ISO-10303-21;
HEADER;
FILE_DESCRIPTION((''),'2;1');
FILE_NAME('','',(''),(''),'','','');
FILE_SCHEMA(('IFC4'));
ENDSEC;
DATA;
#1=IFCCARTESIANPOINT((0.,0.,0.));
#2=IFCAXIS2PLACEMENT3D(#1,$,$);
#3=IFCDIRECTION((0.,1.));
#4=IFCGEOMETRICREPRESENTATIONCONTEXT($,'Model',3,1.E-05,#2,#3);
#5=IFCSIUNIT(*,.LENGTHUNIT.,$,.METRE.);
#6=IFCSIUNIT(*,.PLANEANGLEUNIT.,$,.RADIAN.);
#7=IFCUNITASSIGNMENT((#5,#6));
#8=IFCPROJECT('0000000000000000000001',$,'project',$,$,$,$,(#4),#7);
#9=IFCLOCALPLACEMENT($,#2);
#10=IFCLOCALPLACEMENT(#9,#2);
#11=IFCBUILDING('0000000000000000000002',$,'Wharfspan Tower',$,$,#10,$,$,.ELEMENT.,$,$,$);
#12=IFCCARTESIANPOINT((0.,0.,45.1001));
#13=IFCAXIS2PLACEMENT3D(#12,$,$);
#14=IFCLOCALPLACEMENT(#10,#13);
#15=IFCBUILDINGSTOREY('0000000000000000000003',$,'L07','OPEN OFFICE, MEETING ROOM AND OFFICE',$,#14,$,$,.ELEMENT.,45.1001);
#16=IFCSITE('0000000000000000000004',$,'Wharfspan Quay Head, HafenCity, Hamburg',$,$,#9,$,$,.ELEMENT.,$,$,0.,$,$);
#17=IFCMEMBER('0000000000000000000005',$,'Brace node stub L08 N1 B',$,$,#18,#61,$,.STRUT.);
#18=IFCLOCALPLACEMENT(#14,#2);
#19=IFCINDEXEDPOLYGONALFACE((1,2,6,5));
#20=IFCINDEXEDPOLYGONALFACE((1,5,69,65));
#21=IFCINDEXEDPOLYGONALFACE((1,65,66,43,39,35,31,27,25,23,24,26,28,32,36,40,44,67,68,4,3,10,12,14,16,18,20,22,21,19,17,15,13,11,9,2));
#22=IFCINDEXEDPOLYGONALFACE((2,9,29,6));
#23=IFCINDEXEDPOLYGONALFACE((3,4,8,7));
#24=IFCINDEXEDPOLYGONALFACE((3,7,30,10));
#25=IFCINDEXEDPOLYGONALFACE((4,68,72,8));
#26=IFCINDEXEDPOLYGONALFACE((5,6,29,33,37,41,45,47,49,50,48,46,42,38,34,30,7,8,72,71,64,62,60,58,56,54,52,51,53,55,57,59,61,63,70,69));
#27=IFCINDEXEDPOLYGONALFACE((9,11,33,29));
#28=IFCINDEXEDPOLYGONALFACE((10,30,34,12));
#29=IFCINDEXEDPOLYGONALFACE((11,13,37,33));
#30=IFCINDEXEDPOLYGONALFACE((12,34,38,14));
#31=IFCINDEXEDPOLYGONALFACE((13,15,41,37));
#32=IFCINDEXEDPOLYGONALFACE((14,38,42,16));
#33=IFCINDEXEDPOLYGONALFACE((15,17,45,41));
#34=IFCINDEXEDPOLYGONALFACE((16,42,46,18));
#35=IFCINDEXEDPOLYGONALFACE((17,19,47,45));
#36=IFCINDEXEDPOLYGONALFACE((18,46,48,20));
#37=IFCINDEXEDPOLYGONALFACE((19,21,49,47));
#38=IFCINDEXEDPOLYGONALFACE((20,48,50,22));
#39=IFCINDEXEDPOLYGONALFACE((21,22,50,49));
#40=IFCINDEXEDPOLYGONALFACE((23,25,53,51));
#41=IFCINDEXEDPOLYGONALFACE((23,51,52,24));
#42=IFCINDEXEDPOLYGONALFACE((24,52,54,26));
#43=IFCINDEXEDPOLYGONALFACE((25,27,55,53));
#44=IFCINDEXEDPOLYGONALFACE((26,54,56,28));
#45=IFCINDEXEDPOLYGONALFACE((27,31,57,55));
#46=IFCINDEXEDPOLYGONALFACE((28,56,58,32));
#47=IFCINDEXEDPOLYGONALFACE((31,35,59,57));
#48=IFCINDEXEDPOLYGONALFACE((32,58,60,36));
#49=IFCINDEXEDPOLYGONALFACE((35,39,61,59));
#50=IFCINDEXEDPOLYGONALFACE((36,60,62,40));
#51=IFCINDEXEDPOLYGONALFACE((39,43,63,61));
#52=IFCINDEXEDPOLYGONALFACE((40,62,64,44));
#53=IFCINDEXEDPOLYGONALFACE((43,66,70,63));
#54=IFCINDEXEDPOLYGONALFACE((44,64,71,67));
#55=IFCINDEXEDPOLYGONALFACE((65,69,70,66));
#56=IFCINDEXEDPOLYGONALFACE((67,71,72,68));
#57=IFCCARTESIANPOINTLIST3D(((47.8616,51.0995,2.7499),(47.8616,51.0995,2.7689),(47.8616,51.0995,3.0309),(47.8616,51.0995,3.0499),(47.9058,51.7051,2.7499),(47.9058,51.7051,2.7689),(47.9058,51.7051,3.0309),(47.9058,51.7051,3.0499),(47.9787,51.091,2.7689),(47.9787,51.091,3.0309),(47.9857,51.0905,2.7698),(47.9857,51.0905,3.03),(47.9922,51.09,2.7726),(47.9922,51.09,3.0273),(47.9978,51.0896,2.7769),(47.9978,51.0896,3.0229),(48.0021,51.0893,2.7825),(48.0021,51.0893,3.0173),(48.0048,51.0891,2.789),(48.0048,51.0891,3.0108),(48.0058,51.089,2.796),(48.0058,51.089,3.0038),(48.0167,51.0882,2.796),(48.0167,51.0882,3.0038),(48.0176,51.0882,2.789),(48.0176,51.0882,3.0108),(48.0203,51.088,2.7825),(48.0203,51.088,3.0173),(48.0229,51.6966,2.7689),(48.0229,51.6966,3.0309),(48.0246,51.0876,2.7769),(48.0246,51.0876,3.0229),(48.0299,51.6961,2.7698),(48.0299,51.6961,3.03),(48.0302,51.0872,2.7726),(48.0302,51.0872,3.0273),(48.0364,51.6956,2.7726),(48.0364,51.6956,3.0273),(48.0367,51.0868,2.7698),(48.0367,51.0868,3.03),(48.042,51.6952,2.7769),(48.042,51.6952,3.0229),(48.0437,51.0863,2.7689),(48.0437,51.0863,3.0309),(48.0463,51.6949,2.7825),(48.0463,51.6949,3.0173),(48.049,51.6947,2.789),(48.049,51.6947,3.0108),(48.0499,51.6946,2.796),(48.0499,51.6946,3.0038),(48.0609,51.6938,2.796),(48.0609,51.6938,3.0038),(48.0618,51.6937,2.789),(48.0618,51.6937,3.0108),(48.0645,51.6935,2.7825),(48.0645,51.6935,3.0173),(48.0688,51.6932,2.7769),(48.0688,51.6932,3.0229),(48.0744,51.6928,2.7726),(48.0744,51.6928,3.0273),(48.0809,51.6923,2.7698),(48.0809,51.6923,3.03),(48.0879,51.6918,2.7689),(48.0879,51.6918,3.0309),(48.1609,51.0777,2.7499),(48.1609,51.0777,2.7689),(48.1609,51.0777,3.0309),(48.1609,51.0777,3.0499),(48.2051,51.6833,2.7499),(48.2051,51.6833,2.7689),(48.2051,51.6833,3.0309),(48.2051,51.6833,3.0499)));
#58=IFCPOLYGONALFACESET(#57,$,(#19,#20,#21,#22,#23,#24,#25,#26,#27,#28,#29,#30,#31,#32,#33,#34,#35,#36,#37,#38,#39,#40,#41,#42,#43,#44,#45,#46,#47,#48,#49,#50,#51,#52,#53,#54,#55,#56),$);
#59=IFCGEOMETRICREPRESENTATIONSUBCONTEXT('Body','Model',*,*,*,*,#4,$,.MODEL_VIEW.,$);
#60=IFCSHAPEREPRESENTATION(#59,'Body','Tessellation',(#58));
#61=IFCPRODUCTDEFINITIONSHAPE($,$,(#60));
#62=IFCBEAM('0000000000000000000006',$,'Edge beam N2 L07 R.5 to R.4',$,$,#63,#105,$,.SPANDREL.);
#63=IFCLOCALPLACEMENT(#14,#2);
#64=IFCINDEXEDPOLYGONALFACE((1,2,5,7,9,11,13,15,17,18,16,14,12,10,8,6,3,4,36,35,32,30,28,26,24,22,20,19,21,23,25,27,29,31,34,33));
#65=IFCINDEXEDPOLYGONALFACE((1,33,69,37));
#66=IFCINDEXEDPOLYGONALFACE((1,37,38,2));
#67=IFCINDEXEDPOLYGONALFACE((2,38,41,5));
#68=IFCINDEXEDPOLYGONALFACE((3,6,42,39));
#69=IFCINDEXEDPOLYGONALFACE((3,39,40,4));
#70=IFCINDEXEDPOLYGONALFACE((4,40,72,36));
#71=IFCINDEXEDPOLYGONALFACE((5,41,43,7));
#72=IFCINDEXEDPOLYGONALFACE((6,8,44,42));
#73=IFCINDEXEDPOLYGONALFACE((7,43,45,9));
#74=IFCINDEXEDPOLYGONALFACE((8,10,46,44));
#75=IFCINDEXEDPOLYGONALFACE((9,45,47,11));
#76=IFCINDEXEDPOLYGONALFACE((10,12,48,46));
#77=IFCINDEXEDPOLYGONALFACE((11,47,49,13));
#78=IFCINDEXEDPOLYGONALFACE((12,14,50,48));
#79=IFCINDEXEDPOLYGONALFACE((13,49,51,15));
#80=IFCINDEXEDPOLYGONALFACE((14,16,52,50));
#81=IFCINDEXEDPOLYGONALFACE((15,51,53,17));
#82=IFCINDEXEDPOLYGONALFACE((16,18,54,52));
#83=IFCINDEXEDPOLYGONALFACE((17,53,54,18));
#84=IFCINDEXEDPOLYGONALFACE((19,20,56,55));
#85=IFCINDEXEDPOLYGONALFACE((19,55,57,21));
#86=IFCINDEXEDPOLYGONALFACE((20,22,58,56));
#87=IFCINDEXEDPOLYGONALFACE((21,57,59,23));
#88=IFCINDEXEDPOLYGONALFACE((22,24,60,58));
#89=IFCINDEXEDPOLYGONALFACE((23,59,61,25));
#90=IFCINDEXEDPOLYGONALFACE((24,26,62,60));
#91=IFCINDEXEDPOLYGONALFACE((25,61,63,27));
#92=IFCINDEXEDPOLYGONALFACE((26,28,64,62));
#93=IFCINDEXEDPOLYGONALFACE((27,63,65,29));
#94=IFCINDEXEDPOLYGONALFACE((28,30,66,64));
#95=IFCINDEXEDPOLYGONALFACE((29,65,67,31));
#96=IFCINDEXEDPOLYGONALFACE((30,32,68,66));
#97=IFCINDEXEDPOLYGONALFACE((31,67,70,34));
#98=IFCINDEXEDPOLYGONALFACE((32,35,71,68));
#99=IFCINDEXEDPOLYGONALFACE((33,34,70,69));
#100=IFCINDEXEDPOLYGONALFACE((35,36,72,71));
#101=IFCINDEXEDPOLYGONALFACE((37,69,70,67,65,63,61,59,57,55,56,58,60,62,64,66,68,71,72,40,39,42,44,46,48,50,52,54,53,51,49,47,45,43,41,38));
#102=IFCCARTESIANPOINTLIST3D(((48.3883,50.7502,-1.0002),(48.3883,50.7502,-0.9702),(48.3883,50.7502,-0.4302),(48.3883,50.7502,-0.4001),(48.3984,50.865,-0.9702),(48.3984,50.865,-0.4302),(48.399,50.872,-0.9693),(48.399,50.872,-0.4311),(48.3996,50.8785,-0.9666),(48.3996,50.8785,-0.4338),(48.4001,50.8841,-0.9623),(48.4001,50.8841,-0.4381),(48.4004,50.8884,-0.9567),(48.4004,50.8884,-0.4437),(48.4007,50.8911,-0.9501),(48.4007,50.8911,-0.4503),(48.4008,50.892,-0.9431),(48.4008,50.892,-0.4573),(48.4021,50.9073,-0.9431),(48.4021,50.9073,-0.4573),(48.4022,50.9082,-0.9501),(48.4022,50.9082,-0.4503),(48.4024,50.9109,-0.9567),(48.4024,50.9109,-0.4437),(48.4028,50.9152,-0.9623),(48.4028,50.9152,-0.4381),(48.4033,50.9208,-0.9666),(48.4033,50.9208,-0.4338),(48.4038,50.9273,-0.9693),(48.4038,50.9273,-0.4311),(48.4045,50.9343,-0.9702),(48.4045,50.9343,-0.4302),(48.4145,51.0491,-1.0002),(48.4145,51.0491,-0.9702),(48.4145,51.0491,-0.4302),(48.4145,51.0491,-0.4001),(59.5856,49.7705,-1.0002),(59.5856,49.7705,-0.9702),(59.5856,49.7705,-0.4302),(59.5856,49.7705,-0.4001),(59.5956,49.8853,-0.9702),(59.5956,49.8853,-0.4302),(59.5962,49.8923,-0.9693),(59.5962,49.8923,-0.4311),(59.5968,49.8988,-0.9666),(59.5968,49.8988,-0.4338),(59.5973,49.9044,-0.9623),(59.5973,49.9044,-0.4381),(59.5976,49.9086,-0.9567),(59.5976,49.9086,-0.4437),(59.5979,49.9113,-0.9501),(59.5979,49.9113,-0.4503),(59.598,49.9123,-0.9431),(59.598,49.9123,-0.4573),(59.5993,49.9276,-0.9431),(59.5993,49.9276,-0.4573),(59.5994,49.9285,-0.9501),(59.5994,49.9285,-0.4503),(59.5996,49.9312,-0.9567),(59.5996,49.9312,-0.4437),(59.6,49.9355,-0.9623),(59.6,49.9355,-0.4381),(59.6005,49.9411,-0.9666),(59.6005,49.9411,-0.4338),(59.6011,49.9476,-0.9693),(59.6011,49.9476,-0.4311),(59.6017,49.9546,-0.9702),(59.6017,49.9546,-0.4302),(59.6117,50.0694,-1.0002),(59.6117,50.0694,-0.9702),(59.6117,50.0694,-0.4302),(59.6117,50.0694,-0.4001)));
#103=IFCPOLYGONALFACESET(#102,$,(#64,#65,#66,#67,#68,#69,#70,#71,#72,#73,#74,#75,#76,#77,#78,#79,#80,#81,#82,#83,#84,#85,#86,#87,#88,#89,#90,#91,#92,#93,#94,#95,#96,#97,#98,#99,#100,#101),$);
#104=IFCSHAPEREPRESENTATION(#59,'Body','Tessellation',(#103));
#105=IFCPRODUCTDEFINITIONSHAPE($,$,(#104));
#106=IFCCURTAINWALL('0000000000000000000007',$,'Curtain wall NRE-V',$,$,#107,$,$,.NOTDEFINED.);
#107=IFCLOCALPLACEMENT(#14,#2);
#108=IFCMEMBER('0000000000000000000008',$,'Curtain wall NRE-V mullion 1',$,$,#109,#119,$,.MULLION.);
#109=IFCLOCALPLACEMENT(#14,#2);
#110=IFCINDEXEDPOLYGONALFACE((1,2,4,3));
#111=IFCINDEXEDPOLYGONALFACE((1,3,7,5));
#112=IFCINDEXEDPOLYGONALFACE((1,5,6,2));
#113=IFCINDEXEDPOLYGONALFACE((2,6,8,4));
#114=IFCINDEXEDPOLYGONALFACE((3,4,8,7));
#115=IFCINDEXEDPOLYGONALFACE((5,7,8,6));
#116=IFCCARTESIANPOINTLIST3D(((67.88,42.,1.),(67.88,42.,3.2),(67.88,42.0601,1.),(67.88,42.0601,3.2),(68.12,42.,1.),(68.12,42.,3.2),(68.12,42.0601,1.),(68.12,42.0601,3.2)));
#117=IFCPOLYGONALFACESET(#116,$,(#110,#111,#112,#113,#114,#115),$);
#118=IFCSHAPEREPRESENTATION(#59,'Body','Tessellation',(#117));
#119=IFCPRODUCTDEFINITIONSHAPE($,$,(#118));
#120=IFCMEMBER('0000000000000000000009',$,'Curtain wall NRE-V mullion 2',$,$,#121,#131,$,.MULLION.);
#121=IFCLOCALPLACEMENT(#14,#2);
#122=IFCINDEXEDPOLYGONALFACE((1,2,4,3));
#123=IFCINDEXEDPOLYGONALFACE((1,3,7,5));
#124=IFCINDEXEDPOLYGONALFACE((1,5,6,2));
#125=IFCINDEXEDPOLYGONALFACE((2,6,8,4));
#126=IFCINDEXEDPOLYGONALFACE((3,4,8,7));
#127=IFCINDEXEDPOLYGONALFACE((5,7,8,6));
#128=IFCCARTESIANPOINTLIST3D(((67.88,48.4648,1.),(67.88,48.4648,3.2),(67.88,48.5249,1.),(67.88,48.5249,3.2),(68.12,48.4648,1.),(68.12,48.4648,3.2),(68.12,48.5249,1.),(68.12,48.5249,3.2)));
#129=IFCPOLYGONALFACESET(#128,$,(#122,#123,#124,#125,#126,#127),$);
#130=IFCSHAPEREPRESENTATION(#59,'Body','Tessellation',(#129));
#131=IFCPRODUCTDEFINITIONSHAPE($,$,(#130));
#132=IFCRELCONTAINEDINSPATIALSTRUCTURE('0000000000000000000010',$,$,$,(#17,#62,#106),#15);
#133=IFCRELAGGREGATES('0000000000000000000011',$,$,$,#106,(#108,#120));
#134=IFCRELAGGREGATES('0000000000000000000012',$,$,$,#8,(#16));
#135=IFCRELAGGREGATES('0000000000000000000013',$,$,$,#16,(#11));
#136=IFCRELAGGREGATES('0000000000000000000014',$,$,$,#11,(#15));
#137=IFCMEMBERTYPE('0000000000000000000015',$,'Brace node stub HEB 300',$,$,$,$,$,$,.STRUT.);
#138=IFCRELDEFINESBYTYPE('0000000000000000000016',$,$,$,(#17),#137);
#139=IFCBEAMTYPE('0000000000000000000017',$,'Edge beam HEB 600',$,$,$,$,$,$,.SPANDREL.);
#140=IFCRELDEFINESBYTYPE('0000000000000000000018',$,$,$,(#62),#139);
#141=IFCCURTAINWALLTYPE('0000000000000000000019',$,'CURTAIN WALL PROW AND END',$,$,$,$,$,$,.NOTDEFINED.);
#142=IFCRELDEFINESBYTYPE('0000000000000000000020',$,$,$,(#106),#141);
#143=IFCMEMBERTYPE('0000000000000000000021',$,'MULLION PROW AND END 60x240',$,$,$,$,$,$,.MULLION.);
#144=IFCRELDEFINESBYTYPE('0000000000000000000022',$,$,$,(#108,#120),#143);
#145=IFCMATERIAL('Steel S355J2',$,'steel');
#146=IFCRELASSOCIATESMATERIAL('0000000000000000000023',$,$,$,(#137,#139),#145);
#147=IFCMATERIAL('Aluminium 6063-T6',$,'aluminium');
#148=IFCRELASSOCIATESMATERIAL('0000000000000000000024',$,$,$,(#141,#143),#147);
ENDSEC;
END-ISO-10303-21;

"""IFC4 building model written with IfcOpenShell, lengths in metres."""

from ifc_helpers import new_model, si_unit, direction, frame, origin, origin_2d, place, context, subcontext, project, spatial, rectangle, i_section, extrude, material, material_profile, profile_set, type_object, element, aggregate, save


model = new_model("IFC4")

# Units and contexts
model_context = context("Model", 3, precision=1e-05, world=origin(), true_north=direction((0.0, 1.0)))
body_context = subcontext(model_context, "Body", "Model", "MODEL_VIEW")
ifc_project = project(units=[si_unit("LENGTHUNIT", "METRE"), si_unit("PLANEANGLEUNIT", "RADIAN")], contexts=[model_context])

# Site, building, storey
site_placement = place(None, origin())
site = spatial("IfcSite", under=ifc_project, at=site_placement, Name="Wharfspan Quay Head, HafenCity, Hamburg", CompositionType="ELEMENT", RefElevation=0.0)
building_placement = place(site_placement, origin())
building = spatial("IfcBuilding", under=site, at=building_placement, Name="Wharfspan Tower", CompositionType="ELEMENT")
storey_placement = place(building_placement, frame((0.0, 0.0, 45.1001)))
storey = spatial("IfcBuildingStorey", under=building, at=storey_placement, Name="L07", Description="OPEN OFFICE, MEETING ROOM AND OFFICE", CompositionType="ELEMENT", Elevation=45.1001)

# Shared definitions
ifc_material_1 = material(Name="Steel S355J2", Category="steel")

# Member
ifc_material_profile_1 = material_profile(ifc_material_1, i_section(OverallWidth=0.3, OverallDepth=0.3, WebThickness=0.011, FlangeThickness=0.019, FilletRadius=0.0271, at=origin_2d()))
ifc_profile_set_1 = profile_set([ifc_material_profile_1], Name="Steel S355J2")
member_type_1 = type_object("IfcMemberType", Name="Brace node stub HEB 300", PredefinedType="STRUT", material=ifc_profile_set_1)
member_1_placement = place(storey_placement, frame((48.0112, 51.0886, 2.8999), z_axis=(0.07279, 0.997347, 0.0), x_axis=(-0.997347, 0.07279, 0.0)))
element("IfcMember", 1, at=member_1_placement, inside=storey, type_object=member_type_1, Name="Brace node stub L08 N1 B", PredefinedType="STRUT", context=body_context, shape_type="SweptSolid", body=[
    extrude(i_section(OverallWidth=0.3, OverallDepth=0.3, WebThickness=0.011, FlangeThickness=0.019, FilletRadius=0.0271, at=origin_2d()), origin(), (0.0, 0.0, 1.0), 0.6072),
])

# Beam
ifc_material_profile_2 = material_profile(ifc_material_1, i_section(OverallWidth=0.3, OverallDepth=0.6001, WebThickness=0.0154, FlangeThickness=0.03, FilletRadius=0.0271, at=origin_2d()))
ifc_profile_set_2 = profile_set([ifc_material_profile_2], Name="Steel S355J2")
beam_type = type_object("IfcBeamType", Name="Edge beam HEB 600", PredefinedType="SPANDREL", material=ifc_profile_set_2)
beam_placement = place(storey_placement, frame((59.5986, 49.9199, -0.7002), z_axis=(-0.996194, 0.087165, 0.0), x_axis=(-0.087165, -0.996194, 0.0)))
element("IfcBeam", 2, at=beam_placement, inside=storey, type_object=beam_type, Name="Edge beam N2 L07 R.5 to R.4", PredefinedType="SPANDREL", context=body_context, shape_type="SweptSolid", body=[
    extrude(i_section(OverallWidth=0.3, OverallDepth=0.6001, WebThickness=0.0154, FlangeThickness=0.03, FilletRadius=0.0271, at=origin_2d()), origin(), (0.0, 0.0, 1.0), 11.24),
])

# Curtain wall, members
ifc_material_2 = material(Name="Aluminium 6063-T6", Category="aluminium")
curtain_wall_type = type_object("IfcCurtainWallType", Name="CURTAIN WALL PROW AND END", PredefinedType="NOTDEFINED", material=ifc_material_2)
curtain_wall_placement = place(storey_placement, origin())
curtain_wall = element("IfcCurtainWall", 3, at=curtain_wall_placement, inside=storey, type_object=curtain_wall_type, Name="Curtain wall NRE-V", PredefinedType="NOTDEFINED")
ifc_material_profile_3 = material_profile(ifc_material_2, rectangle(XDim=0.24, YDim=0.0601, at=origin_2d()))
ifc_profile_set_3 = profile_set([ifc_material_profile_3], Name="Aluminium 6063-T6")
member_type_2 = type_object("IfcMemberType", Name="MULLION PROW AND END 60x240", PredefinedType="MULLION", material=ifc_profile_set_3)
member_2_placement = place(storey_placement, frame((68.0, 42.03, 1.0), z_axis=(0.0, 0.0, 1.0), x_axis=(-1.0, 0.0, 0.0)))
member_2 = element("IfcMember", 4, at=member_2_placement, type_object=member_type_2, Name="Curtain wall NRE-V mullion 1", PredefinedType="MULLION", context=body_context, shape_type="SweptSolid", body=[
    extrude(rectangle(XDim=0.24, YDim=0.0601, at=origin_2d()), origin(), (0.0, 0.0, 1.0), 2.2),
])
member_3_placement = place(storey_placement, frame((68.0, 48.4949, 1.0), z_axis=(0.0, 0.0, 1.0), x_axis=(-1.0, 0.0, 0.0)))
member_3 = element("IfcMember", 5, at=member_3_placement, type_object=member_type_2, Name="Curtain wall NRE-V mullion 2", PredefinedType="MULLION", context=body_context, shape_type="SweptSolid", body=[
    extrude(rectangle(XDim=0.24, YDim=0.0601, at=origin_2d()), origin(), (0.0, 0.0, 1.0), 2.2),
])

aggregate(curtain_wall, [member_2, member_3])

save(model, "model.ifc")
